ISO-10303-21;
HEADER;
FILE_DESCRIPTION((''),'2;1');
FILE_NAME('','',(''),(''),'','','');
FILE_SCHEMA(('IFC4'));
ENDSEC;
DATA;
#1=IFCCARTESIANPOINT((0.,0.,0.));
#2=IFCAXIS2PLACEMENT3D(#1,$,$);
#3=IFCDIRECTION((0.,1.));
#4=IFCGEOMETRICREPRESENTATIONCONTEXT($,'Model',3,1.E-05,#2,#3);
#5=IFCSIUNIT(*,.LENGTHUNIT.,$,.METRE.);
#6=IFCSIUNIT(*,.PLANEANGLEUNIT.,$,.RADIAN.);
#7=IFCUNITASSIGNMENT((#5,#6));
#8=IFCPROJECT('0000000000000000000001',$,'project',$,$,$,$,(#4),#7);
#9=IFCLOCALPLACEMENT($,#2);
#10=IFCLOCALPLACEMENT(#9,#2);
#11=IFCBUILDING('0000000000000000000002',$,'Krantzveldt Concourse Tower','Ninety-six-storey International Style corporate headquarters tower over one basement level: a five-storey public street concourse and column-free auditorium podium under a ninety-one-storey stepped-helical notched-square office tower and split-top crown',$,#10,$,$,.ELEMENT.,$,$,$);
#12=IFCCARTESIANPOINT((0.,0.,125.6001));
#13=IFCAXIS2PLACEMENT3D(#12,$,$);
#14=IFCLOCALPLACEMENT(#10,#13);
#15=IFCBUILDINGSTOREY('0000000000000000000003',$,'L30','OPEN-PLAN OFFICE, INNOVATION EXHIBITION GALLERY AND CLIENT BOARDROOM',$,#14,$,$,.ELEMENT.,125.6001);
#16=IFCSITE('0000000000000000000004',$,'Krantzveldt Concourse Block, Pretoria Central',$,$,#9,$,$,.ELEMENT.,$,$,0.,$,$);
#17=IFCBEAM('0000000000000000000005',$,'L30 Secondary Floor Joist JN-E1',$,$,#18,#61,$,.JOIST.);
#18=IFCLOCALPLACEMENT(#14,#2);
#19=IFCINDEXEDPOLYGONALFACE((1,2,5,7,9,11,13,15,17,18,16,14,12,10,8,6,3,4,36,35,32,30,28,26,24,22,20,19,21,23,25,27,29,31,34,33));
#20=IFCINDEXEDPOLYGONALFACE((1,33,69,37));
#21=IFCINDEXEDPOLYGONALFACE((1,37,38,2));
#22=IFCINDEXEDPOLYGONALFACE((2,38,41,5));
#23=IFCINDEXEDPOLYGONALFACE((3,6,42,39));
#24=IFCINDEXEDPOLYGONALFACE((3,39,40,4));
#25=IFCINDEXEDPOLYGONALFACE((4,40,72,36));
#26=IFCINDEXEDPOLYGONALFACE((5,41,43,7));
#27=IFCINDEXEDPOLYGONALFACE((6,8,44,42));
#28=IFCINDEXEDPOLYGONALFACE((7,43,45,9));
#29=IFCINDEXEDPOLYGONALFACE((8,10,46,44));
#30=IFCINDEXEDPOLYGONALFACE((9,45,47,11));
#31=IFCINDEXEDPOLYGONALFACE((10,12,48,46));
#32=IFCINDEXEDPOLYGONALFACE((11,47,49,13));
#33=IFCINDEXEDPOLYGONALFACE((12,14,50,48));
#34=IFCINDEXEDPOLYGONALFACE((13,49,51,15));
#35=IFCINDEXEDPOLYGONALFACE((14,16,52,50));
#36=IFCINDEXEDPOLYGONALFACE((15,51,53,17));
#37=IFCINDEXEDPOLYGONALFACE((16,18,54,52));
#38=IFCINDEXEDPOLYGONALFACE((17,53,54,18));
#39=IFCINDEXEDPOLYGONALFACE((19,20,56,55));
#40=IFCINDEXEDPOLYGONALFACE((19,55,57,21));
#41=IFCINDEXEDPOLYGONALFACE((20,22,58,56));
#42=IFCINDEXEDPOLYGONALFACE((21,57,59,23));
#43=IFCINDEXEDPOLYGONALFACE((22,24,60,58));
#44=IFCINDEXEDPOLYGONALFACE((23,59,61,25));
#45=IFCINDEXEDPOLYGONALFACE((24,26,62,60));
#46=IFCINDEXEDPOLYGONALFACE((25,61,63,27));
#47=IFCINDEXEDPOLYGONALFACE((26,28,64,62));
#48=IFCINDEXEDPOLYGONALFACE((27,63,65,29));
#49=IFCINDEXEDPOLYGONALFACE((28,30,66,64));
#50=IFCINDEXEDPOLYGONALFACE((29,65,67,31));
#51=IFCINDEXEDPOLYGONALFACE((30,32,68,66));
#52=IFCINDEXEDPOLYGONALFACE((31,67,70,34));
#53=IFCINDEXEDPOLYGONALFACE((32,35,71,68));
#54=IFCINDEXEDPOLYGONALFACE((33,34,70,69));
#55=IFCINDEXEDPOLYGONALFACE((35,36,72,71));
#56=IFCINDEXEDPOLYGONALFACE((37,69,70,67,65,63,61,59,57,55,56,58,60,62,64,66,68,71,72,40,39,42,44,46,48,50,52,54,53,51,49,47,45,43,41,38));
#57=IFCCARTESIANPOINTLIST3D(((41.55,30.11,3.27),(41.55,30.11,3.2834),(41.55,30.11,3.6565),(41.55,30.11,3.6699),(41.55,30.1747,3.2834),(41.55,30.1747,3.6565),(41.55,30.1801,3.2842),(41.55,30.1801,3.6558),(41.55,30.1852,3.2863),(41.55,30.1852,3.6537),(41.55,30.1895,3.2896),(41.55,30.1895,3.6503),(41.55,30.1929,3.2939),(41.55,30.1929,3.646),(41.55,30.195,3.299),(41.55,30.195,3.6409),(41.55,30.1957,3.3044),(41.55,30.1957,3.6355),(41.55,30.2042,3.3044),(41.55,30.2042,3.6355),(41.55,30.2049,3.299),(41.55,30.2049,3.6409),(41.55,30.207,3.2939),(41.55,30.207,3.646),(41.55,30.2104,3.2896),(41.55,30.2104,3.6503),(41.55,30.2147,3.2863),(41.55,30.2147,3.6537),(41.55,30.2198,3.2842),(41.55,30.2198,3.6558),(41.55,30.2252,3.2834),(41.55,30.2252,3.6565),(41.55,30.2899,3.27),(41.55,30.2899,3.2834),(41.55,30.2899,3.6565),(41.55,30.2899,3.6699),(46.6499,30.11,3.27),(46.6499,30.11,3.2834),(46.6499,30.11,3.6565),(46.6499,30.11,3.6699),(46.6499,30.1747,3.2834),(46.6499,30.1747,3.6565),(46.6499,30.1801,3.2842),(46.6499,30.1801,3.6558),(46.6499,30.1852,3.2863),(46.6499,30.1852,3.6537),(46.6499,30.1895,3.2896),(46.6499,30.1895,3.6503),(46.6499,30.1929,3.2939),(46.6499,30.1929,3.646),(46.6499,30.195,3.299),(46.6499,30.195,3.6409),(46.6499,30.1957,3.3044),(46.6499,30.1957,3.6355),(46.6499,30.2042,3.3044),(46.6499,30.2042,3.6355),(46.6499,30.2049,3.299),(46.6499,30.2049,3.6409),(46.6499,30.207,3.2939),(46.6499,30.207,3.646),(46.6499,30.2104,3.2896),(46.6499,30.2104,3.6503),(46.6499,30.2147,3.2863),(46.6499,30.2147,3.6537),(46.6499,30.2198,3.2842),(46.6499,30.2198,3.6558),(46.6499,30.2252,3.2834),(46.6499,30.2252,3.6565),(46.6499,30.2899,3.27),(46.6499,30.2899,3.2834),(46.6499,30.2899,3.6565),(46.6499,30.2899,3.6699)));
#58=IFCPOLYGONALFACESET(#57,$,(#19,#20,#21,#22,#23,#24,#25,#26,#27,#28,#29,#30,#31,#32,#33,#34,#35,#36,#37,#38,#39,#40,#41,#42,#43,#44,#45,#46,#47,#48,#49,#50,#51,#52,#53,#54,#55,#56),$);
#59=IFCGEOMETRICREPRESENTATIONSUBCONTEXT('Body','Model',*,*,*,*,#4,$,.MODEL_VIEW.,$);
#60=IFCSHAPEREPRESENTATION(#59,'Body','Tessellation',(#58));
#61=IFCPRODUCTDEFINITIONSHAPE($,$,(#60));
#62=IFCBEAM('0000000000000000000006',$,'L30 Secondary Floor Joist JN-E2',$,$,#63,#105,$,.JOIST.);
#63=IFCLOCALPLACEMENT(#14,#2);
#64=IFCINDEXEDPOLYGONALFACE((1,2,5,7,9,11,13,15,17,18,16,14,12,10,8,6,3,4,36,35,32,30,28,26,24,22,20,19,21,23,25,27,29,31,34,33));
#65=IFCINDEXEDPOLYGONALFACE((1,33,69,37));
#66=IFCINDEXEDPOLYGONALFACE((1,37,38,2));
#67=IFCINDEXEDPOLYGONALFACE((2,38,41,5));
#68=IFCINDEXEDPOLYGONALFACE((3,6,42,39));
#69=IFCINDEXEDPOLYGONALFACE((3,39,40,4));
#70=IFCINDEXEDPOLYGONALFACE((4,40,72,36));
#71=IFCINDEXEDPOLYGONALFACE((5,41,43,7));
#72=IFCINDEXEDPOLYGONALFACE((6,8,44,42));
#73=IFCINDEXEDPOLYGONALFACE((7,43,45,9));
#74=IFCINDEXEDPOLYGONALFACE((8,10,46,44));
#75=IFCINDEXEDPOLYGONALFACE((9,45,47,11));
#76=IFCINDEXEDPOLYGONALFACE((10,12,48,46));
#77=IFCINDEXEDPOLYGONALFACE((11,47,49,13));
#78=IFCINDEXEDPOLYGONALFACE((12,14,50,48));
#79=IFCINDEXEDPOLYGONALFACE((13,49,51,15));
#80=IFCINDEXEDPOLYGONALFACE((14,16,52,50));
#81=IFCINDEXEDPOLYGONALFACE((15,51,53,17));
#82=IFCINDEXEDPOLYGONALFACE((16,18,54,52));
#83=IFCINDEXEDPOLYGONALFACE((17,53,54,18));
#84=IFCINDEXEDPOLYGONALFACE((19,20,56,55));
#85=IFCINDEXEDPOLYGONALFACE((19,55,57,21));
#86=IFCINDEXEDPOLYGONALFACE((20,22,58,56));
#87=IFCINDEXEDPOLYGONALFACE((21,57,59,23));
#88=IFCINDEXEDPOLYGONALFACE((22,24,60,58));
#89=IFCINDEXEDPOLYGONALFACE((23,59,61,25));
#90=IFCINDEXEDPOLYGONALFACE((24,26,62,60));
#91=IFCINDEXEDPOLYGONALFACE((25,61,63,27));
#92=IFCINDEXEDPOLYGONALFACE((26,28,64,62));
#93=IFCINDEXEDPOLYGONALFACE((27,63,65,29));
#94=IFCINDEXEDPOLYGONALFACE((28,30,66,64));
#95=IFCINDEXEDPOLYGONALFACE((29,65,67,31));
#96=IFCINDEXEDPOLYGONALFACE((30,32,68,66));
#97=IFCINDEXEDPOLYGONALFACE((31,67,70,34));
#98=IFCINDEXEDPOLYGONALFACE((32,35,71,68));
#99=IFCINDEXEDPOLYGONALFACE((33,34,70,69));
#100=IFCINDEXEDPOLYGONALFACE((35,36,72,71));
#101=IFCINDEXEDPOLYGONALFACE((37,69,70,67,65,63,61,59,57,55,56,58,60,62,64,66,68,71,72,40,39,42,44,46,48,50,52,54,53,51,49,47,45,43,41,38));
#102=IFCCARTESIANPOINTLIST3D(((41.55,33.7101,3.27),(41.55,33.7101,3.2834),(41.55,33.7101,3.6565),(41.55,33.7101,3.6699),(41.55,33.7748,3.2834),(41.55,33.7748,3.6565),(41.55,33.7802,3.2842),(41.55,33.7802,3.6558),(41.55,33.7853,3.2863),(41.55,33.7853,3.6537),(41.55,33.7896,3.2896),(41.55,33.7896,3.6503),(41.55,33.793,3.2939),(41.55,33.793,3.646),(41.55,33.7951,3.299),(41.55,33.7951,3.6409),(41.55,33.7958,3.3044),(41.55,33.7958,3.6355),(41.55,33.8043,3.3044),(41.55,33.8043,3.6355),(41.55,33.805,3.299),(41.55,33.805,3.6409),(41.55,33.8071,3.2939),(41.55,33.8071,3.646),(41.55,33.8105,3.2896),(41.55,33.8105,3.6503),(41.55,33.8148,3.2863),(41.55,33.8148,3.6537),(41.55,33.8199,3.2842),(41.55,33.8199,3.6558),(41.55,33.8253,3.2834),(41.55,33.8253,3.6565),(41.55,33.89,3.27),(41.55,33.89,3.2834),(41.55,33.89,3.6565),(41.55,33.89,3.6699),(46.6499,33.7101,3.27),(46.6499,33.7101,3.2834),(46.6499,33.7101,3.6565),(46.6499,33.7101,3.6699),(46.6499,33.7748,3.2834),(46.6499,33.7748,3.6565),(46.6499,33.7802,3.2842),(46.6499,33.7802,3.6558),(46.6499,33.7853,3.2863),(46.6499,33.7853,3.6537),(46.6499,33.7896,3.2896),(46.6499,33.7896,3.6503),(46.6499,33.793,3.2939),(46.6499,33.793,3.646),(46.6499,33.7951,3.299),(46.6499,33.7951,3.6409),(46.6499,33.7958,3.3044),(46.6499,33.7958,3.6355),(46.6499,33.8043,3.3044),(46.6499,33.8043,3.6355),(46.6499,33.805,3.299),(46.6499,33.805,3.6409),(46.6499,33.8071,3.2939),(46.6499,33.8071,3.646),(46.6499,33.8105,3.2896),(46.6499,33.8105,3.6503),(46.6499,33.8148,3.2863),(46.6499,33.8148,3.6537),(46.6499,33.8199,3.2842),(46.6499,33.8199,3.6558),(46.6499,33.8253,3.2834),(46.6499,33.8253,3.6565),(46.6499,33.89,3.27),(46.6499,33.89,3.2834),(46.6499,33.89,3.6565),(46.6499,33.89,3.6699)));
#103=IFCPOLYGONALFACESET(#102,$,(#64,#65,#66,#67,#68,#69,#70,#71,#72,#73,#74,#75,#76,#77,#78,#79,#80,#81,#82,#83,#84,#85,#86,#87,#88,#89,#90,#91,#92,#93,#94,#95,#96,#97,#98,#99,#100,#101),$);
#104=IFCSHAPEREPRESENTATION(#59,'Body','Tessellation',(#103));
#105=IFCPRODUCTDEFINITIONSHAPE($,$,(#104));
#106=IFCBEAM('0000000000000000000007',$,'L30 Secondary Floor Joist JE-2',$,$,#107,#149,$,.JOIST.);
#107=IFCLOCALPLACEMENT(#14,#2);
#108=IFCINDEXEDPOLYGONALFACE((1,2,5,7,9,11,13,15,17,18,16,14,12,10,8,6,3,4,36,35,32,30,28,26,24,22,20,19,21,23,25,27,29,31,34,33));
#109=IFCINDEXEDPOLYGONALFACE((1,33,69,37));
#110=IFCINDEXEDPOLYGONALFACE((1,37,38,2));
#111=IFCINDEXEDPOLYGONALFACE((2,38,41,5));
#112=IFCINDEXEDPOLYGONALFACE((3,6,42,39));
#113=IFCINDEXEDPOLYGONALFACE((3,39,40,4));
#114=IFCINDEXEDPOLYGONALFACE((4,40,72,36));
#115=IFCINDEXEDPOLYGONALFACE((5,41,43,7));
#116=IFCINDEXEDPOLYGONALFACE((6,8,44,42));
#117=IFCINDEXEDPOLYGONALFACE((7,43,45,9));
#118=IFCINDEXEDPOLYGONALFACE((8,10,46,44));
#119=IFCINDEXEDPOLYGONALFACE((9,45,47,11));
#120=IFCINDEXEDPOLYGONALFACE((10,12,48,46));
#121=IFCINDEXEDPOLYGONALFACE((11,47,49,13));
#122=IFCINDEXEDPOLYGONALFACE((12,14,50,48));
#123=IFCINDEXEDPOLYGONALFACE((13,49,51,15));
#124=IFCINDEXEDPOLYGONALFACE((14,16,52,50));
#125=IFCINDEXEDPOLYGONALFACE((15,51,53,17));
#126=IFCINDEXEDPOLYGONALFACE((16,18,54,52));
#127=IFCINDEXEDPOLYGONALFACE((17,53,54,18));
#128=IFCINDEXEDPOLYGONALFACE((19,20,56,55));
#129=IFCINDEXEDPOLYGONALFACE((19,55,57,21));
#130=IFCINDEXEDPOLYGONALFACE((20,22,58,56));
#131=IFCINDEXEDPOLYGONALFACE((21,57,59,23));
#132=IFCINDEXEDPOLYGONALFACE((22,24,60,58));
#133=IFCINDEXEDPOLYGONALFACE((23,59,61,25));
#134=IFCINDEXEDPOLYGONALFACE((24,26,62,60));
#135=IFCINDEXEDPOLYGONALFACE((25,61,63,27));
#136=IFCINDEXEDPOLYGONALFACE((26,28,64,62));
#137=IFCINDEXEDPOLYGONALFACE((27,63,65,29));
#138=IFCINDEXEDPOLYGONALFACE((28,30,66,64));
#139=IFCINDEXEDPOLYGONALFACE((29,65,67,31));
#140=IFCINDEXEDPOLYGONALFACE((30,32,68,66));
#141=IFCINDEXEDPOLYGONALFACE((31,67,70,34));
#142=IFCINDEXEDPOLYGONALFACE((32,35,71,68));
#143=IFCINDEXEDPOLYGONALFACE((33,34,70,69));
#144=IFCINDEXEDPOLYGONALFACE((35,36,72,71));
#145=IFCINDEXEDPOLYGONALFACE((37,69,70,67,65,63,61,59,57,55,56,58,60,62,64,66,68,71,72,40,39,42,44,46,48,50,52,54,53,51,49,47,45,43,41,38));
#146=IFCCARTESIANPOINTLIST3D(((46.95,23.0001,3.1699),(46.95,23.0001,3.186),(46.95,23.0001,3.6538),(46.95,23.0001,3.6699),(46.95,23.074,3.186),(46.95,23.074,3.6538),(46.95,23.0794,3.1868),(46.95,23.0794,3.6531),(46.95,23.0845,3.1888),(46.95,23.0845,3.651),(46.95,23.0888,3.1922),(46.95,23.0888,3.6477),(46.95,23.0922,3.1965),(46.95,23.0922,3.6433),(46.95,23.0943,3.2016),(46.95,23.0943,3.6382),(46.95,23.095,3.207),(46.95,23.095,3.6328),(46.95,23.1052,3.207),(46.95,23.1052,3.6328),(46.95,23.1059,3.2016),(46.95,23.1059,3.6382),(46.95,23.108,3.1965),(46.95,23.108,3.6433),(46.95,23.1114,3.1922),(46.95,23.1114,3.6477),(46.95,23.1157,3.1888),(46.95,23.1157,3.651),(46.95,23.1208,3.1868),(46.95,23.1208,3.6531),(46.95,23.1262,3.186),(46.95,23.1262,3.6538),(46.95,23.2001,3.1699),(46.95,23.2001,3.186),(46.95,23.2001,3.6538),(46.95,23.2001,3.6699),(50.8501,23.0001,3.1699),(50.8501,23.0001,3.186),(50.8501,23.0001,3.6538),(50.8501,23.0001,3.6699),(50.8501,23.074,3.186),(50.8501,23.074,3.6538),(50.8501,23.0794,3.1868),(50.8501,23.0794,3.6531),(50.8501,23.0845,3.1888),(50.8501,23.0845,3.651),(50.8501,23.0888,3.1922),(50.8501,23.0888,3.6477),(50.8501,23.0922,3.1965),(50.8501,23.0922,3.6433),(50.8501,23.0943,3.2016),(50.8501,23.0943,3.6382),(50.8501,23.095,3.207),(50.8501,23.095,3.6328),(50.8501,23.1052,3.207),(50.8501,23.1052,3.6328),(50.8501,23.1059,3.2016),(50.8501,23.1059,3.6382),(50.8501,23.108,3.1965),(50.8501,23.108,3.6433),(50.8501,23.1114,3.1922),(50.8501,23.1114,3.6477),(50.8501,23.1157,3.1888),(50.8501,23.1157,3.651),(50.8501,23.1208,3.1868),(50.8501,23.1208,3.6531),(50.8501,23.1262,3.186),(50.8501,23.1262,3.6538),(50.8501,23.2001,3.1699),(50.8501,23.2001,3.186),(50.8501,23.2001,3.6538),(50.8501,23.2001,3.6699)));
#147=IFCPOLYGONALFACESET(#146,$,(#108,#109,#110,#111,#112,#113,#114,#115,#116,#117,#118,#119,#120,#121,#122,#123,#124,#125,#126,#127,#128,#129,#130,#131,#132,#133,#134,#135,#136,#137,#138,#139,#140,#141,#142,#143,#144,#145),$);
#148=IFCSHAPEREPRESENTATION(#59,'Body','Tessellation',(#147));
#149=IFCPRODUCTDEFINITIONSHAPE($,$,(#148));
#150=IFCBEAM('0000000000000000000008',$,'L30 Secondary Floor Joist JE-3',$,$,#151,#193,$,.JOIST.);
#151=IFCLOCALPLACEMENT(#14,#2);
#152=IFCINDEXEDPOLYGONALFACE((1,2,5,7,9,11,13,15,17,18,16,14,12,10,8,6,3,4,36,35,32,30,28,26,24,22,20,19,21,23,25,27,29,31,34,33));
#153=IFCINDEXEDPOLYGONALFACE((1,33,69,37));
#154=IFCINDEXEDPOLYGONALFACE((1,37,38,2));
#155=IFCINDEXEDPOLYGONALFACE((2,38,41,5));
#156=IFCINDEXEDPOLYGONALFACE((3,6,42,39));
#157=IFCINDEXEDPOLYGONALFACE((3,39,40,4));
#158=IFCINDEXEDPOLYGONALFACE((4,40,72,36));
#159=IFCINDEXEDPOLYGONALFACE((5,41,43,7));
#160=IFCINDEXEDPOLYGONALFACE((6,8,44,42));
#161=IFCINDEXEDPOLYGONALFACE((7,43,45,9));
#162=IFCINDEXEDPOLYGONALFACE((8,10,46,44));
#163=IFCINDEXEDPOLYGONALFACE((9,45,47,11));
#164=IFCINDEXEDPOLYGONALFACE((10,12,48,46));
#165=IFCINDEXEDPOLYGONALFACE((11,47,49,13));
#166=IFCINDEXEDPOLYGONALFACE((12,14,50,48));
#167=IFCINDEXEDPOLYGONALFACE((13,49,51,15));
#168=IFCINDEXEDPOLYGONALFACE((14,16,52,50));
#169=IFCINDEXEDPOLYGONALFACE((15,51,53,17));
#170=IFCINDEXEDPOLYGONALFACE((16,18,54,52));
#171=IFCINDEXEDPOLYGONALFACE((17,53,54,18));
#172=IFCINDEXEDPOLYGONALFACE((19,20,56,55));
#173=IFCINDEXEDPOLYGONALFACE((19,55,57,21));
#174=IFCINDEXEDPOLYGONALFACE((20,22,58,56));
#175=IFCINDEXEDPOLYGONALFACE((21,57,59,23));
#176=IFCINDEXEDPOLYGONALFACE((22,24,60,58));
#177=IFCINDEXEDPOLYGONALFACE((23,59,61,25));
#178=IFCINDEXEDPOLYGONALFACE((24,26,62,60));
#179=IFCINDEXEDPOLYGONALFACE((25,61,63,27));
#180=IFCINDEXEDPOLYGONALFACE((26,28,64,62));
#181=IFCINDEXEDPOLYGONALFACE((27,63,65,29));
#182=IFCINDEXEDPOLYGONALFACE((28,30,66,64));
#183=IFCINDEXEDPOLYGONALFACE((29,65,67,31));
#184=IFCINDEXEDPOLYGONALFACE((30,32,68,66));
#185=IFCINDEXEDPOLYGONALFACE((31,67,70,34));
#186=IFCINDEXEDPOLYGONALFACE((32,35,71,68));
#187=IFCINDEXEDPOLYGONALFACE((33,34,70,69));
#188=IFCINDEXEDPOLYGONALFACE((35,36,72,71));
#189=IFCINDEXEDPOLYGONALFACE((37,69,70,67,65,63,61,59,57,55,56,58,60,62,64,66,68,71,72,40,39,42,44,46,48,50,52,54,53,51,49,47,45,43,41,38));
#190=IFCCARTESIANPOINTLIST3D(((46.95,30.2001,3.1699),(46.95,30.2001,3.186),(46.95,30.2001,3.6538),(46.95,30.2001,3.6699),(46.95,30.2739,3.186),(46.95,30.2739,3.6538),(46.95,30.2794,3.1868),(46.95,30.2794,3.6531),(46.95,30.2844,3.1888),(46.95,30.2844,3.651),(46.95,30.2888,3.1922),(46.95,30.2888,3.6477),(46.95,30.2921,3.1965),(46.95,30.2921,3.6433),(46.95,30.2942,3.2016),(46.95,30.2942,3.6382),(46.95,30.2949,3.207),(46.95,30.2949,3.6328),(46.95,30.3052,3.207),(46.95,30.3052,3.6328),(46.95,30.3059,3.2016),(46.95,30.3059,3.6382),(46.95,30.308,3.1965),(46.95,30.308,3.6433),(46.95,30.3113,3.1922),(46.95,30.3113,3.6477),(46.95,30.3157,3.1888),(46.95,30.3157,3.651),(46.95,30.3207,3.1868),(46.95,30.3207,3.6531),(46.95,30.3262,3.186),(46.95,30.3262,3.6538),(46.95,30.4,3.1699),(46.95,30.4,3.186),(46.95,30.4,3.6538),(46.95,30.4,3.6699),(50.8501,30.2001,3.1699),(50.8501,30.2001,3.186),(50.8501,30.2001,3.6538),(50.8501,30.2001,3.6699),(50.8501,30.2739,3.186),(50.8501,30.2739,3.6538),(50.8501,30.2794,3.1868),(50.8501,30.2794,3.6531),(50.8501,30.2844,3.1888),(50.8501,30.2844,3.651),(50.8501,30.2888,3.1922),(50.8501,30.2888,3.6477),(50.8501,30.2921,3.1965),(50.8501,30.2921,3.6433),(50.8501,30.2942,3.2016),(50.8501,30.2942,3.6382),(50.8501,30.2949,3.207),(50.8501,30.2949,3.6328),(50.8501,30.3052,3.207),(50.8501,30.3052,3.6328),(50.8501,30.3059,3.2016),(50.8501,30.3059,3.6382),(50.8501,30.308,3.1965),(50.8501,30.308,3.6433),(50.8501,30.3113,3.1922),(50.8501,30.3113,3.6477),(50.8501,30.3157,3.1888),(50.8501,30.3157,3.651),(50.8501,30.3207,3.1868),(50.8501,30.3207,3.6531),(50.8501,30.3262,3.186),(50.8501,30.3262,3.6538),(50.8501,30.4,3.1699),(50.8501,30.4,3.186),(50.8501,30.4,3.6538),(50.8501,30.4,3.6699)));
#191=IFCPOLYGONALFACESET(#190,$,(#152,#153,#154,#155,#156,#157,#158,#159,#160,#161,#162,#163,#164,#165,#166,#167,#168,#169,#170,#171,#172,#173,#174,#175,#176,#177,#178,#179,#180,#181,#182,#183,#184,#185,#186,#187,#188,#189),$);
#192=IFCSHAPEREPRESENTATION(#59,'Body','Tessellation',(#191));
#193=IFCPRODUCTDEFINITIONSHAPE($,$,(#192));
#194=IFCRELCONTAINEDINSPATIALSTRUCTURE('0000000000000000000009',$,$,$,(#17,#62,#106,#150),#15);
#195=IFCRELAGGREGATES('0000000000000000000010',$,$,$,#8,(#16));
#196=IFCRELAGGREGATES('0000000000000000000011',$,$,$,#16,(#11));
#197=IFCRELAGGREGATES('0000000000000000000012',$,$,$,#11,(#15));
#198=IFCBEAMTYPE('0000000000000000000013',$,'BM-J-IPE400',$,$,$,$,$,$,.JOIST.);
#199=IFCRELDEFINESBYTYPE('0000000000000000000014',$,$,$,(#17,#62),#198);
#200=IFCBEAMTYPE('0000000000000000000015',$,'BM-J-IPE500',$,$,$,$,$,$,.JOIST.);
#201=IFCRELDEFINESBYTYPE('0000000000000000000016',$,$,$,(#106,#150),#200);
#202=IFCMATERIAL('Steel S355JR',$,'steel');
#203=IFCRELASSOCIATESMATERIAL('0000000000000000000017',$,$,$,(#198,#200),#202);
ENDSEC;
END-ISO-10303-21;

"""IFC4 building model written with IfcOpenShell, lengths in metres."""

from ifc_helpers import new_model, si_unit, direction, frame, origin, origin_2d, place, context, subcontext, project, spatial, i_section, extrude, source, transform, mapped, material, material_profile, profile_set, type_object, type_shapes, element, save


model = new_model("IFC4")

# Units and contexts
model_context = context("Model", 3, precision=1e-05, world=origin(), true_north=direction((0.0, 1.0)))
body_context = subcontext(model_context, "Body", "Model", "MODEL_VIEW")
ifc_project = project(units=[si_unit("LENGTHUNIT", "METRE"), si_unit("PLANEANGLEUNIT", "RADIAN")], contexts=[model_context])

# Site, building, storey
site_placement = place(None, origin())
site = spatial("IfcSite", under=ifc_project, at=site_placement, Name="Krantzveldt Concourse Block, Pretoria Central", CompositionType="ELEMENT", RefElevation=0.0)
building_placement = place(site_placement, origin())
building = spatial("IfcBuilding", under=site, at=building_placement, Name="Krantzveldt Concourse Tower", Description="Ninety-six-storey International Style corporate headquarters tower over one basement level: a five-storey public street concourse and column-free auditorium podium under a ninety-one-storey stepped-helical notched-square office tower and split-top crown", CompositionType="ELEMENT")
storey_placement = place(building_placement, frame((0.0, 0.0, 125.6001)))
storey = spatial("IfcBuildingStorey", under=building, at=storey_placement, Name="L30", Description="OPEN-PLAN OFFICE, INNOVATION EXHIBITION GALLERY AND CLIENT BOARDROOM", CompositionType="ELEMENT", Elevation=125.6001)

# Beams
ifc_material_1 = material(Name="Steel S355JR", Category="steel")
ifc_material_profile_1 = material_profile(ifc_material_1, i_section(OverallWidth=0.1799, OverallDepth=0.3999, WebThickness=0.0085, FlangeThickness=0.0134, FilletRadius=0.021, at=origin_2d()), Name="Steel S355JR", Category="steel")
ifc_profile_set_1 = profile_set([ifc_material_profile_1], Name="Steel S355JR - IPE 400")
beam_type_1 = type_object("IfcBeamType", Name="BM-J-IPE400", PredefinedType="JOIST", material=ifc_profile_set_1)
shared_shape_1 = source(origin(), body_context, "Body", "SweptSolid", [
    extrude(i_section(OverallWidth=0.1799, OverallDepth=0.3999, WebThickness=0.0085, FlangeThickness=0.0134, FilletRadius=0.021, at=origin_2d()), origin(), (0.0, 0.0, 1.0), 5.0999),
])
type_shapes(beam_type_1, [shared_shape_1])
for number, where, z_axis, x_axis, name in (
    (1, (41.55, 30.2, 3.47), (1.0, 0.0, 0.0), (0.0, 1.0, 0.0), "L30 Secondary Floor Joist JN-E1"),
    (2, (41.55, 33.8, 3.47), (1.0, 0.0, 0.0), (0.0, 1.0, 0.0), "L30 Secondary Floor Joist JN-E2"),
):
    element("IfcBeam", number, at=place(storey_placement, frame(where, z_axis=z_axis, x_axis=x_axis)), inside=storey, type_object=beam_type_1, Name=name, PredefinedType="JOIST", context=body_context, shape_type="MappedRepresentation", body=[
        mapped(shared_shape_1, transform((0.0, 0.0, 0.0), x_axis=(1.0, 0.0, 0.0), y_axis=(0.0, 1.0, 0.0), z_axis=(0.0, 0.0, 1.0), scale=1.0)),
    ])
ifc_material_profile_2 = material_profile(ifc_material_1, i_section(OverallWidth=0.2, OverallDepth=0.5, WebThickness=0.0103, FlangeThickness=0.0161, FilletRadius=0.021, at=origin_2d()), Name="Steel S355JR", Category="steel")
ifc_profile_set_2 = profile_set([ifc_material_profile_2], Name="Steel S355JR - IPE 500")
beam_type_2 = type_object("IfcBeamType", Name="BM-J-IPE500", PredefinedType="JOIST", material=ifc_profile_set_2)
shared_shape_2 = source(origin(), body_context, "Body", "SweptSolid", [
    extrude(i_section(OverallWidth=0.2, OverallDepth=0.5, WebThickness=0.0103, FlangeThickness=0.0161, FilletRadius=0.021, at=origin_2d()), origin(), (0.0, 0.0, 1.0), 3.9001),
])
type_shapes(beam_type_2, [shared_shape_2])
for number, where, z_axis, x_axis, name in (
    (3, (46.95, 23.1001, 3.4199), (1.0, 0.0, 0.0), (0.0, 1.0, 0.0), "L30 Secondary Floor Joist JE-2"),
    (4, (46.95, 30.3, 3.4199), (1.0, 0.0, 0.0), (0.0, 1.0, 0.0), "L30 Secondary Floor Joist JE-3"),
):
    element("IfcBeam", number, at=place(storey_placement, frame(where, z_axis=z_axis, x_axis=x_axis)), inside=storey, type_object=beam_type_2, Name=name, PredefinedType="JOIST", context=body_context, shape_type="MappedRepresentation", body=[
        mapped(shared_shape_2, transform((0.0, 0.0, 0.0), x_axis=(1.0, 0.0, 0.0), y_axis=(0.0, 1.0, 0.0), z_axis=(0.0, 0.0, 1.0), scale=1.0)),
    ])

save(model, "model.ifc")
